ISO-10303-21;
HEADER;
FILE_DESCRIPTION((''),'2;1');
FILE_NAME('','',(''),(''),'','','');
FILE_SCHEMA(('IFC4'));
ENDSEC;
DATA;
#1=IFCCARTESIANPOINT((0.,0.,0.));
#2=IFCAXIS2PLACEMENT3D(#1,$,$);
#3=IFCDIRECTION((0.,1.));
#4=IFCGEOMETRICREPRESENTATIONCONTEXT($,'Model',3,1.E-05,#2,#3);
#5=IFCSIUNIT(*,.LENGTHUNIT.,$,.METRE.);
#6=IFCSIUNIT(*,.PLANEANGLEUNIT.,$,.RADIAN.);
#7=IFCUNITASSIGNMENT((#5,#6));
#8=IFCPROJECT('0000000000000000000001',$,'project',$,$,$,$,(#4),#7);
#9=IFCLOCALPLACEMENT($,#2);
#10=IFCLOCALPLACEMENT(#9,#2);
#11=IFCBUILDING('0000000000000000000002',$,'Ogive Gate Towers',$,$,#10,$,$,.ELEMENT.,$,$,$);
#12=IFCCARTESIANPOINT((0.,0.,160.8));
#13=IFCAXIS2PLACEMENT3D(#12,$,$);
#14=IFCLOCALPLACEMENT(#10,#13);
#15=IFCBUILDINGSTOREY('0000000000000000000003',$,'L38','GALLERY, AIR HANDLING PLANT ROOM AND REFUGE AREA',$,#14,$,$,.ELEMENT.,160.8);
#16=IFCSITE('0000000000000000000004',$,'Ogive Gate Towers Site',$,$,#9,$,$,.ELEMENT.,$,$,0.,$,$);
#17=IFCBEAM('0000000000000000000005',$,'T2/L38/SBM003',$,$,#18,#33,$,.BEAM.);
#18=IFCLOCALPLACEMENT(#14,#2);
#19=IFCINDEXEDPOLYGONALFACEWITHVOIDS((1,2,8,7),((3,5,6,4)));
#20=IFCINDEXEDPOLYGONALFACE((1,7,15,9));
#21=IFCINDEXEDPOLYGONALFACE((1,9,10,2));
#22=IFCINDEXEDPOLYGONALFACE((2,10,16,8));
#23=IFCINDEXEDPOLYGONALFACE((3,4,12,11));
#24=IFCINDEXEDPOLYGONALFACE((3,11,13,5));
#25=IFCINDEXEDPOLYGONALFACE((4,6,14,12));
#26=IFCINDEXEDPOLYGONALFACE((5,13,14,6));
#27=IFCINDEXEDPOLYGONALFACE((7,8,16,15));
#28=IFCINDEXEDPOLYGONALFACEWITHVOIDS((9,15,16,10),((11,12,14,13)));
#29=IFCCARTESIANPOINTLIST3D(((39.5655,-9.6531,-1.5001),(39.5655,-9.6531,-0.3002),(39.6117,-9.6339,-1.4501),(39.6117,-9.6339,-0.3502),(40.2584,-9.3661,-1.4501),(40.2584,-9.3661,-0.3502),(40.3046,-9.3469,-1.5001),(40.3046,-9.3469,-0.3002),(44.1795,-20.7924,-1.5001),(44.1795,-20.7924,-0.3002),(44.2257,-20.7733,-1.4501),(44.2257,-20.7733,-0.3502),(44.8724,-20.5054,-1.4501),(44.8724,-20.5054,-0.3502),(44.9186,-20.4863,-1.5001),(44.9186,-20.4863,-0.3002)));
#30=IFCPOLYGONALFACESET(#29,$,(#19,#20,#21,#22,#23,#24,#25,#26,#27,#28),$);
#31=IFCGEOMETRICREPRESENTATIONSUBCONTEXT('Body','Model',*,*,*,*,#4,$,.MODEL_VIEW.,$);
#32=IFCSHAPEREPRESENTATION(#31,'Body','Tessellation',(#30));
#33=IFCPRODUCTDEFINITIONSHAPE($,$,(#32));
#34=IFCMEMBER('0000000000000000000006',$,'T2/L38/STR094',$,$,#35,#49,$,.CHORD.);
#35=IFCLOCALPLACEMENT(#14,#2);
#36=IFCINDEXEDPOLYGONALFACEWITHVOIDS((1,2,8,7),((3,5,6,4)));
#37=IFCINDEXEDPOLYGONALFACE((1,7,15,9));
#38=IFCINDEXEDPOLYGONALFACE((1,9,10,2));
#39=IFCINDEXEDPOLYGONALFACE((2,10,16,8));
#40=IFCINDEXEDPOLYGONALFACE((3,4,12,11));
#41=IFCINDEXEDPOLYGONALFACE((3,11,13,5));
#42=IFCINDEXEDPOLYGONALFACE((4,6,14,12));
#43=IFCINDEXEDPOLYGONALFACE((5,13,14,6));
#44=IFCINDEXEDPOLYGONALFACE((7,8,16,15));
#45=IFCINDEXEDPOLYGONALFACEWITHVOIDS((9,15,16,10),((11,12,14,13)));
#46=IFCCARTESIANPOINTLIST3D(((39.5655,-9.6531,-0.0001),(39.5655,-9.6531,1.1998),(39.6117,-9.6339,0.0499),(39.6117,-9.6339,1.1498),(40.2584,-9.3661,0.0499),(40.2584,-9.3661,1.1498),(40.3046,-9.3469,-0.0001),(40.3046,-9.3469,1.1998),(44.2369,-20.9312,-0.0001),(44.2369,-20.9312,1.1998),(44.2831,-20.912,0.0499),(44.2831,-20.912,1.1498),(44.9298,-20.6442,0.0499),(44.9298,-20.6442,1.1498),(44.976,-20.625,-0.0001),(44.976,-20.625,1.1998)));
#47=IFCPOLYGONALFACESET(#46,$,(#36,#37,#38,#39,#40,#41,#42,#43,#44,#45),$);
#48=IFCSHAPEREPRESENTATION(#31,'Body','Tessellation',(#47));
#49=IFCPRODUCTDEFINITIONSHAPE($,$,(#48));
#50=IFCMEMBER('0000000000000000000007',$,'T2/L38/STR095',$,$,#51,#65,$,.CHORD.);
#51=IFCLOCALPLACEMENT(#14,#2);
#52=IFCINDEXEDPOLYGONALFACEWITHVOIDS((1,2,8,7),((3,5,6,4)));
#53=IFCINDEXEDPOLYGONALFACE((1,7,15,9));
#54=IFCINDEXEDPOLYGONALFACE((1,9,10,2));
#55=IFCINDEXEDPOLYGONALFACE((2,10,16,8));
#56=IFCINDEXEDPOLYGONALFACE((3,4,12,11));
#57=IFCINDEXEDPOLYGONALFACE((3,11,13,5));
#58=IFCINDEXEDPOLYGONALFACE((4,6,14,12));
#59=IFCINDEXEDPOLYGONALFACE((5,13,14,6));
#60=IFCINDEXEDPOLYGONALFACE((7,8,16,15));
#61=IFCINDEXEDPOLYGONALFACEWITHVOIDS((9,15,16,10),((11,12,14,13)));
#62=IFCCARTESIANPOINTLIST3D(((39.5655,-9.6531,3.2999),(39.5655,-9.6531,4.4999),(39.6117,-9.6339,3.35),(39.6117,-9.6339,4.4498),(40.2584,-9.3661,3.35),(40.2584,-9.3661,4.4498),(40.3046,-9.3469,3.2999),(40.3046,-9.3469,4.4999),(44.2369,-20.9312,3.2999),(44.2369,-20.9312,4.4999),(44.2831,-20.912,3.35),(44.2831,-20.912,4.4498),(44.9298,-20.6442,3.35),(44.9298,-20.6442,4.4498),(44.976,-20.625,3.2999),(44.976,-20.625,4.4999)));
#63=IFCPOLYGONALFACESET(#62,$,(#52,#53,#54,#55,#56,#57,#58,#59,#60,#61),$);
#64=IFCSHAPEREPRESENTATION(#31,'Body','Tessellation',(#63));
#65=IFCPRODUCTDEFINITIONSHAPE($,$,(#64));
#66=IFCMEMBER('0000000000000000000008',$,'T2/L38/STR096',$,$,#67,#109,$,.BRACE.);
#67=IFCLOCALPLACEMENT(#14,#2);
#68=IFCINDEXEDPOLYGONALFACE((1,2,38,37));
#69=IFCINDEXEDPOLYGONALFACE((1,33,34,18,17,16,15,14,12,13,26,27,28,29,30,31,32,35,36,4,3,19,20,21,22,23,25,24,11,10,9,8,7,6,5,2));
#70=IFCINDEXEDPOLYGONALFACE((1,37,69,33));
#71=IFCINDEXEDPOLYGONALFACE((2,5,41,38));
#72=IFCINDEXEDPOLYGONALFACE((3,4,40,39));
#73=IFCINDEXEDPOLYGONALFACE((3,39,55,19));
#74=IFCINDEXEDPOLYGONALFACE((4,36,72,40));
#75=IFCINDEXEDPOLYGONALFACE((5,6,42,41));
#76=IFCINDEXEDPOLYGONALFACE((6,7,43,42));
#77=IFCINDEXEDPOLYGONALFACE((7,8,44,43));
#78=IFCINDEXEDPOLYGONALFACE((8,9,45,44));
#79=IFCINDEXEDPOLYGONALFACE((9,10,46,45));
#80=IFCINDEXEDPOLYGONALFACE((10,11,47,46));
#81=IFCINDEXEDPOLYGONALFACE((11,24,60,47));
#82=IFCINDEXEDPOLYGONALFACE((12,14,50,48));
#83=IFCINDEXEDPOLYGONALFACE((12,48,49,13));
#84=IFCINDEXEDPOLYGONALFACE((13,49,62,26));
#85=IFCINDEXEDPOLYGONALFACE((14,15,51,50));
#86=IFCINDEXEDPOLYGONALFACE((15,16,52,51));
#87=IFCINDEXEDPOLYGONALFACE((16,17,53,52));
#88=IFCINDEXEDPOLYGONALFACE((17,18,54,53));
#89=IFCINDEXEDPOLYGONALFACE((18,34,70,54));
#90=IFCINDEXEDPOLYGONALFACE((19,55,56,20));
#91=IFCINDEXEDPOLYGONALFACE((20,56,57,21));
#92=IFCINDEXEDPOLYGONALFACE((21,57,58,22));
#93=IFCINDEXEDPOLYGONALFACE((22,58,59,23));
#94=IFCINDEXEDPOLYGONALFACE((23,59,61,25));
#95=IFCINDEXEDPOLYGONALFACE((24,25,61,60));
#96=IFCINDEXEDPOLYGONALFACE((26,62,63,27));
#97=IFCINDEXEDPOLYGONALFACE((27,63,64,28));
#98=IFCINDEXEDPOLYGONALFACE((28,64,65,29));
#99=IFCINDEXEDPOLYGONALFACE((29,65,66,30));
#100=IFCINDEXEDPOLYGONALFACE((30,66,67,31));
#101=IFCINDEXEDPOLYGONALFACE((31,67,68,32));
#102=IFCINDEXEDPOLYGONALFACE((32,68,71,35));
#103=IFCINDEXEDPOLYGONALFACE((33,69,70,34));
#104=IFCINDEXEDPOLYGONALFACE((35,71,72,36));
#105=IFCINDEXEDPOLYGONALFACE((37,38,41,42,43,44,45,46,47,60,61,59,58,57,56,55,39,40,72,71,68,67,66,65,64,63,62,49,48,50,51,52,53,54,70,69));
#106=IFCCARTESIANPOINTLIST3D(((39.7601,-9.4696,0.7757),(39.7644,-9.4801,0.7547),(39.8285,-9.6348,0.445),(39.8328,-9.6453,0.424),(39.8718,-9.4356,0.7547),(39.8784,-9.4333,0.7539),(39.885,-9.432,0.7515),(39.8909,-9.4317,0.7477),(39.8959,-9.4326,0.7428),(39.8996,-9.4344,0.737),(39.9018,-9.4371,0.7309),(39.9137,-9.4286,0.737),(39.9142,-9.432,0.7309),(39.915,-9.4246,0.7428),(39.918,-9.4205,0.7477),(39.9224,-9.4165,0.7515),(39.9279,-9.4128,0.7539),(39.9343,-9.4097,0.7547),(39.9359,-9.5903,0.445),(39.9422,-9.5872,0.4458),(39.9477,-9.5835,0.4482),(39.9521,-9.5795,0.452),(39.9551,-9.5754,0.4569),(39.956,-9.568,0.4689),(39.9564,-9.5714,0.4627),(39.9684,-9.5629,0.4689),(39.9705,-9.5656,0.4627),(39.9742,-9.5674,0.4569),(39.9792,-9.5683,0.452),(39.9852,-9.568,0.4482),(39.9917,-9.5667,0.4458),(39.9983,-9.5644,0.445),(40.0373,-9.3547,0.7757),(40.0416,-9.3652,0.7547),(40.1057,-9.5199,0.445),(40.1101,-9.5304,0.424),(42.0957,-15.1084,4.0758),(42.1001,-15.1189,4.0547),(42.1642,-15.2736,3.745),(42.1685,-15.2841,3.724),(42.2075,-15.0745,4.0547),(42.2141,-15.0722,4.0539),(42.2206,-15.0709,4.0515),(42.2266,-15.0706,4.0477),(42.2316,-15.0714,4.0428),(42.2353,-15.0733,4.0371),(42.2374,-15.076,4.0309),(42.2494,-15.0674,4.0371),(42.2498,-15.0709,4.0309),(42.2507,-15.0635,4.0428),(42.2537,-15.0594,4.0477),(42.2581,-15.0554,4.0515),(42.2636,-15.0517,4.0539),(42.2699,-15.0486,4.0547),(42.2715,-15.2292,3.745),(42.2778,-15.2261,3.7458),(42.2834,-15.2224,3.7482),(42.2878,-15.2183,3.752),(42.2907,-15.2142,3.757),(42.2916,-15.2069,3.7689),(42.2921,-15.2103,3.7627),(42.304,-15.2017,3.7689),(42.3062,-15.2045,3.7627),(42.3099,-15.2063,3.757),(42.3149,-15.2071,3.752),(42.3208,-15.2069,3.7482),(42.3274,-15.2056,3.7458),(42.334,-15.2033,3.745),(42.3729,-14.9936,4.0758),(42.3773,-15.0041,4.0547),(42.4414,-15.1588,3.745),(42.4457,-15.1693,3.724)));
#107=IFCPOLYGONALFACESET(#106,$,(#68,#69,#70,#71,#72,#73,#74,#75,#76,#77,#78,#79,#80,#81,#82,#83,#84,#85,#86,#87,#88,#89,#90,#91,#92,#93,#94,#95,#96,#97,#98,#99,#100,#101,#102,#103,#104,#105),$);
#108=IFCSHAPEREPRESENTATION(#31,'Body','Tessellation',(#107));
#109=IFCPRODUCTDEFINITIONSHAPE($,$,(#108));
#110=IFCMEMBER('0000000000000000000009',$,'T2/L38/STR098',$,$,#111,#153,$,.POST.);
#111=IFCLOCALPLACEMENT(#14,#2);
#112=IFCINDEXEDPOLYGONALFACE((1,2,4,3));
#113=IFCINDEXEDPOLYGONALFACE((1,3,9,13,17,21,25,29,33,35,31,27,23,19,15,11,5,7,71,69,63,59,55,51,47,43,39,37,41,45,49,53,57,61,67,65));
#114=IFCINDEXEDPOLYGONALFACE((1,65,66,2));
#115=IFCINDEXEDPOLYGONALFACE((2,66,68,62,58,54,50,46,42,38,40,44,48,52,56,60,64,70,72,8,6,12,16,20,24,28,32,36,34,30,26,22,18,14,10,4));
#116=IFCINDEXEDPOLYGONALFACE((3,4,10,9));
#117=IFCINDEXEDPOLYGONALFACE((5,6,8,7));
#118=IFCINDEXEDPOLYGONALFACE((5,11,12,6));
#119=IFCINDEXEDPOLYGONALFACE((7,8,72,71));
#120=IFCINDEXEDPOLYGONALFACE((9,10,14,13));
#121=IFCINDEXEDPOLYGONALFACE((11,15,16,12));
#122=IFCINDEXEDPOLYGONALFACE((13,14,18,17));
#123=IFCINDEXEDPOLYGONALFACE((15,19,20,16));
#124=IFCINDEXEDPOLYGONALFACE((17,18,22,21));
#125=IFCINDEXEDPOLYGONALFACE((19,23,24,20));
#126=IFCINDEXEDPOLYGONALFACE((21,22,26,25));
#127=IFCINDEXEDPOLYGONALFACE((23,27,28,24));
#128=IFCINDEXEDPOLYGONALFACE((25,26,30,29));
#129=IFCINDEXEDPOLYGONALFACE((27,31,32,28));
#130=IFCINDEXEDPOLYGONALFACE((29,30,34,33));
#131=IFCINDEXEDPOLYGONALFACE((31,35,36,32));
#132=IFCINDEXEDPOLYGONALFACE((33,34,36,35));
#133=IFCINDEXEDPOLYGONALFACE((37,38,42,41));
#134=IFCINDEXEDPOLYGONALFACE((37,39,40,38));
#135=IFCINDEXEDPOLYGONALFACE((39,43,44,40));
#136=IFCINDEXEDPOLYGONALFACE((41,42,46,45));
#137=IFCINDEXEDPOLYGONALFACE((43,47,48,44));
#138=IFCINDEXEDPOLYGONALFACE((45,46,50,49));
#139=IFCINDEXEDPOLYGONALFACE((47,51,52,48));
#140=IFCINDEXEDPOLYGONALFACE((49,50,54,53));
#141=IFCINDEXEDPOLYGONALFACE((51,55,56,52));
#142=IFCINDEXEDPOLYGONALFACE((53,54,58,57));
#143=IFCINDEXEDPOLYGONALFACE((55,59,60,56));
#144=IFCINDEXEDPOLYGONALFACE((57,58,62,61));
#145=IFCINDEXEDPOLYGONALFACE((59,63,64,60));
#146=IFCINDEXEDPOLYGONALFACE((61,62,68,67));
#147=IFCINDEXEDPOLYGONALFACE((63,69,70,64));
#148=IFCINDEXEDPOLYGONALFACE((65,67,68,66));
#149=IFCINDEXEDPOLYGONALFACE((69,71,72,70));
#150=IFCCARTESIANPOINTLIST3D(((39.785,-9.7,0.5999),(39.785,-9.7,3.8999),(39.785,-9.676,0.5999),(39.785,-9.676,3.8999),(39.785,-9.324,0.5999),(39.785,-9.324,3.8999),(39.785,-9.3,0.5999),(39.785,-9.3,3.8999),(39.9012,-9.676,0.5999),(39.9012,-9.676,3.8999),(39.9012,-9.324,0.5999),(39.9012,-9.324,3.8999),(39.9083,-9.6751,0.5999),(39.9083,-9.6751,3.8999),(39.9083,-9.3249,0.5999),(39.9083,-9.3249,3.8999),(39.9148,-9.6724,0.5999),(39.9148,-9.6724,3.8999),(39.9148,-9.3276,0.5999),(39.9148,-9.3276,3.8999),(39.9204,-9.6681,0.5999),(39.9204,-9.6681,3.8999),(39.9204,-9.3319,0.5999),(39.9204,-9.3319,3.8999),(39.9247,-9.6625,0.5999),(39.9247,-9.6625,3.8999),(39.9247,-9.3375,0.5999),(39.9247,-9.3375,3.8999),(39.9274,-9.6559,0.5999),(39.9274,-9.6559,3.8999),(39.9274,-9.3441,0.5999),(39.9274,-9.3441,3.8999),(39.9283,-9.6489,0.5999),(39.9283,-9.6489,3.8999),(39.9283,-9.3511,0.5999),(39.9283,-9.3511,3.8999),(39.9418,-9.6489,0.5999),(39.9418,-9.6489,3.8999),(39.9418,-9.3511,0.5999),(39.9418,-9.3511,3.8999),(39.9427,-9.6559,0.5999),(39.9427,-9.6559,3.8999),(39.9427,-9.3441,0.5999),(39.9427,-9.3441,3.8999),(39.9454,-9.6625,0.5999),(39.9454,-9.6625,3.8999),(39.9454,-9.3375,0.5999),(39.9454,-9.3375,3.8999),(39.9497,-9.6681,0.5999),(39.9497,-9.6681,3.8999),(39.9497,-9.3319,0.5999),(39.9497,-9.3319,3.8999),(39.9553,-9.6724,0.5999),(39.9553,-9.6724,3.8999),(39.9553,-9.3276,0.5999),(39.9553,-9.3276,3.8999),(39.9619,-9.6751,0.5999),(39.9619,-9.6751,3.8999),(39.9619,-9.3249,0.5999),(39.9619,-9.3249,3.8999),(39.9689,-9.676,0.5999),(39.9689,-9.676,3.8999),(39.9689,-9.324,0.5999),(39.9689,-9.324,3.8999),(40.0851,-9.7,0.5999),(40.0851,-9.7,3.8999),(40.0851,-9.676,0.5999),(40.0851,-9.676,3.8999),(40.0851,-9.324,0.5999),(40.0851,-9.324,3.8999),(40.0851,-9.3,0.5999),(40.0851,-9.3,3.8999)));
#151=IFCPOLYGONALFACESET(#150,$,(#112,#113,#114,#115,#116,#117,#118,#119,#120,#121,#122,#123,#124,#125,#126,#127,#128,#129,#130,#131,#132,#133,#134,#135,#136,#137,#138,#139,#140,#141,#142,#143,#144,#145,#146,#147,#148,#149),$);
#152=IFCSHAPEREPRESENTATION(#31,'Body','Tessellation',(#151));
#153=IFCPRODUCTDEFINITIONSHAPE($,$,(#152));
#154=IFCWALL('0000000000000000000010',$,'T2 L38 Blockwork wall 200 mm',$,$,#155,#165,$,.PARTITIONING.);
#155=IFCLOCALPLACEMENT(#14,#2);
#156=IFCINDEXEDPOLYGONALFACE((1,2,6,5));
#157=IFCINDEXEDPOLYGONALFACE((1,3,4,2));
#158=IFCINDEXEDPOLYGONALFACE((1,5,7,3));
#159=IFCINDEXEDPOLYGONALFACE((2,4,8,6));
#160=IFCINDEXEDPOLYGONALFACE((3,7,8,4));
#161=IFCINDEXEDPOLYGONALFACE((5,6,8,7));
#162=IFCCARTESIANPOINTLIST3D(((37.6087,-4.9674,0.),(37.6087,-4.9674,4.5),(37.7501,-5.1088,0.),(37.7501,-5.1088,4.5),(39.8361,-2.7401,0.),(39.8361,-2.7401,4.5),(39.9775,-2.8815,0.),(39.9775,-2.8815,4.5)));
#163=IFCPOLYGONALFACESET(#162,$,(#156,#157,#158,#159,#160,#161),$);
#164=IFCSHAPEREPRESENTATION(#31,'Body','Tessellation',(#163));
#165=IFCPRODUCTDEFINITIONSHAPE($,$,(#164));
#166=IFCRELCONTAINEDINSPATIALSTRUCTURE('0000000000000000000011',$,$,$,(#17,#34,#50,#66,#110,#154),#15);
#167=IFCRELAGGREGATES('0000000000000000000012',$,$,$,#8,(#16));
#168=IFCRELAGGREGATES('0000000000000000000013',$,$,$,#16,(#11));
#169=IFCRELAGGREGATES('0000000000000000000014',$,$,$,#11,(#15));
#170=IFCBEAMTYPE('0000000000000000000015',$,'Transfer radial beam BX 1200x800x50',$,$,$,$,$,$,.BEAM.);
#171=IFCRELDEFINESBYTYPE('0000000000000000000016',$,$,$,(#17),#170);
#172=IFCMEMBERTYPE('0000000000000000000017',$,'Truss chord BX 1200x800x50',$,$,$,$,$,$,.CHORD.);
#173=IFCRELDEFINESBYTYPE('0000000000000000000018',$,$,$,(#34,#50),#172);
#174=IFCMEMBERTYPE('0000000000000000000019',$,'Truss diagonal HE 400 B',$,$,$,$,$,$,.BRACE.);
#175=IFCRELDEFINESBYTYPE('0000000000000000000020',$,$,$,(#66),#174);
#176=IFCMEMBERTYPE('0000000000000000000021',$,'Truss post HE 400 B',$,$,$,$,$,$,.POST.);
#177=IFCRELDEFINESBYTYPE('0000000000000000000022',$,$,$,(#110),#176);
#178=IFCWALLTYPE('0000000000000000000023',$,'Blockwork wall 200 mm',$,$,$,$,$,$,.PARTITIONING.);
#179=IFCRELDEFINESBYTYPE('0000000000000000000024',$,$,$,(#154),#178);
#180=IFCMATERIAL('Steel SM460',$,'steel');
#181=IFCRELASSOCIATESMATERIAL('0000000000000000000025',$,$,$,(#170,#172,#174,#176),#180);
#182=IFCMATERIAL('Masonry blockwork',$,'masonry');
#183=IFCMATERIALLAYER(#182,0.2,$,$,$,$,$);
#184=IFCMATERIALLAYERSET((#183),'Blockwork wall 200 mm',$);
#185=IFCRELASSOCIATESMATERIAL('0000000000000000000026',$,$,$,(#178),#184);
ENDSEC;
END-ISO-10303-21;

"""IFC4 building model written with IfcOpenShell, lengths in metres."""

from ifc_helpers import new_model, si_unit, direction, frame, frame_2d, origin, origin_2d, place, context, subcontext, project, spatial, rectangle, hollow_rectangle, i_section, extrude, material, layer, layer_set, material_profile, profile_set, type_object, element, save


model = new_model("IFC4")

# Units and contexts
model_context = context("Model", 3, precision=1e-05, world=origin(), true_north=direction((0.0, 1.0)))
body_context = subcontext(model_context, "Body", "Model", "MODEL_VIEW")
ifc_project = project(units=[si_unit("LENGTHUNIT", "METRE"), si_unit("PLANEANGLEUNIT", "RADIAN")], contexts=[model_context])

# Site, building, storey
site_placement = place(None, origin())
site = spatial("IfcSite", under=ifc_project, at=site_placement, Name="Ogive Gate Towers Site", CompositionType="ELEMENT", RefElevation=0.0)
building_placement = place(site_placement, origin())
building = spatial("IfcBuilding", under=site, at=building_placement, Name="Ogive Gate Towers", CompositionType="ELEMENT")
storey_placement = place(building_placement, frame((0.0, 0.0, 160.8)))
storey = spatial("IfcBuildingStorey", under=building, at=storey_placement, Name="L38", Description="GALLERY, AIR HANDLING PLANT ROOM AND REFUGE AREA", CompositionType="ELEMENT", Elevation=160.8)

# Beam
ifc_material_1 = material(Name="Steel SM460", Category="steel")
ifc_material_profile_1 = material_profile(ifc_material_1, hollow_rectangle(XDim=0.8, YDim=1.2, WallThickness=0.05, at=origin_2d()), Name="BX 1200x800x50")
ifc_profile_set_1 = profile_set([ifc_material_profile_1], Name="Steel SM460")
beam_type = type_object("IfcBeamType", Name="Transfer radial beam BX 1200x800x50", PredefinedType="BEAM", material=ifc_profile_set_1)
beam_placement = place(storey_placement, frame((39.9351, -9.5, -0.9001), z_axis=(0.382678, -0.923882, 0.0), x_axis=(0.923882, 0.382678, 0.0)))
element("IfcBeam", 1, at=beam_placement, inside=storey, type_object=beam_type, Name="T2/L38/SBM003", PredefinedType="BEAM", context=body_context, shape_type="SweptSolid", body=[
    extrude(hollow_rectangle(XDim=0.8, YDim=1.2, WallThickness=0.05, at=origin_2d()), origin(), (0.0, 0.0, 1.0), 12.0571),
])

# Members
ifc_material_profile_2 = material_profile(ifc_material_1, hollow_rectangle(XDim=0.8, YDim=1.2, WallThickness=0.05, at=origin_2d()), Name="BX 1200x800x50")
ifc_profile_set_2 = profile_set([ifc_material_profile_2], Name="Steel SM460")
member_type_1 = type_object("IfcMemberType", Name="Truss chord BX 1200x800x50", PredefinedType="CHORD", material=ifc_profile_set_2)
for number, where, z_axis, x_axis, name in (
    (2, (39.9351, -9.5, 0.5999), (0.382673, -0.923884, 0.0), (0.923884, 0.382673, 0.0), "T2/L38/STR094"),
    (3, (39.9351, -9.5, 3.8999), (0.382673, -0.923884, 0.0), (0.923884, 0.382673, 0.0), "T2/L38/STR095"),
):
    element("IfcMember", number, at=place(storey_placement, frame(where, z_axis=z_axis, x_axis=x_axis)), inside=storey, type_object=member_type_1, Name=name, PredefinedType="CHORD", context=body_context, shape_type="SweptSolid", body=[
        extrude(hollow_rectangle(XDim=0.8, YDim=1.2, WallThickness=0.05, at=origin_2d()), origin(), (0.0, 0.0, 1.0), 12.2073),
    ])
ifc_material_profile_3 = material_profile(ifc_material_1, i_section(OverallWidth=0.3, OverallDepth=0.3999, WebThickness=0.0134, FlangeThickness=0.0239, FilletRadius=0.0271, at=origin_2d()), Name="HE 400 B")
ifc_profile_set_3 = profile_set([ifc_material_profile_3], Name="Steel SM460")
member_type_2 = type_object("IfcMemberType", Name="Truss diagonal HE 400 B", PredefinedType="BRACE", material=ifc_profile_set_3)
member_1_placement = place(storey_placement, frame((39.9351, -9.5, 0.5999), z_axis=(0.336627, -0.812696, 0.475612), x_axis=(0.923881, 0.38268, 0.0)))
element("IfcMember", 4, at=member_1_placement, inside=storey, type_object=member_type_2, Name="T2/L38/STR096", PredefinedType="BRACE", context=body_context, shape_type="SweptSolid", body=[
    extrude(i_section(OverallWidth=0.3, OverallDepth=0.3999, WebThickness=0.0134, FlangeThickness=0.0239, FilletRadius=0.0271, at=origin_2d()), origin(), (0.0, 0.0, 1.0), 6.9385),
])
ifc_material_profile_4 = material_profile(ifc_material_1, i_section(OverallWidth=0.3, OverallDepth=0.3999, WebThickness=0.0134, FlangeThickness=0.0239, FilletRadius=0.0271, at=origin_2d()), Name="HE 400 B")
ifc_profile_set_4 = profile_set([ifc_material_profile_4], Name="Steel SM460")
member_type_3 = type_object("IfcMemberType", Name="Truss post HE 400 B", PredefinedType="POST", material=ifc_profile_set_4)
member_2_placement = place(storey_placement, frame((39.9351, -9.5, 0.5999), z_axis=(0.0, 0.0, 1.0), x_axis=(1.0, 0.0, 0.0)))
element("IfcMember", 5, at=member_2_placement, inside=storey, type_object=member_type_3, Name="T2/L38/STR098", PredefinedType="POST", context=body_context, shape_type="SweptSolid", body=[
    extrude(i_section(OverallWidth=0.3, OverallDepth=0.3999, WebThickness=0.0134, FlangeThickness=0.0239, FilletRadius=0.0271, at=origin_2d()), origin(), (0.0, 0.0, 1.0), 3.3),
])

# Wall
ifc_material_2 = material(Name="Masonry blockwork", Category="masonry")
ifc_layer_1 = layer(ifc_material_2, 0.2)
ifc_layer_set_1 = layer_set([ifc_layer_1], Name="Blockwork wall 200 mm")
wall_type_1 = type_object("IfcWallType", Name="Blockwork wall 200 mm", PredefinedType="PARTITIONING", material=ifc_layer_set_1)
wall_1_placement = place(storey_placement, frame((37.6794, -5.0381, 0.0), z_axis=(0.0, 0.0, 1.0), x_axis=(0.707107, 0.707107, 0.0)))
element("IfcWall", 6, at=wall_1_placement, inside=storey, type_object=wall_type_1, Name="T2 L38 Blockwork wall 200 mm", PredefinedType="PARTITIONING", context=body_context, shape_type="SweptSolid", body=[
    extrude(rectangle(XDim=3.1499, YDim=0.2, at=frame_2d((1.575, 0.0))), origin(), (0.0, 0.0, 1.0), 4.5),
])

save(model, "model.ifc")
